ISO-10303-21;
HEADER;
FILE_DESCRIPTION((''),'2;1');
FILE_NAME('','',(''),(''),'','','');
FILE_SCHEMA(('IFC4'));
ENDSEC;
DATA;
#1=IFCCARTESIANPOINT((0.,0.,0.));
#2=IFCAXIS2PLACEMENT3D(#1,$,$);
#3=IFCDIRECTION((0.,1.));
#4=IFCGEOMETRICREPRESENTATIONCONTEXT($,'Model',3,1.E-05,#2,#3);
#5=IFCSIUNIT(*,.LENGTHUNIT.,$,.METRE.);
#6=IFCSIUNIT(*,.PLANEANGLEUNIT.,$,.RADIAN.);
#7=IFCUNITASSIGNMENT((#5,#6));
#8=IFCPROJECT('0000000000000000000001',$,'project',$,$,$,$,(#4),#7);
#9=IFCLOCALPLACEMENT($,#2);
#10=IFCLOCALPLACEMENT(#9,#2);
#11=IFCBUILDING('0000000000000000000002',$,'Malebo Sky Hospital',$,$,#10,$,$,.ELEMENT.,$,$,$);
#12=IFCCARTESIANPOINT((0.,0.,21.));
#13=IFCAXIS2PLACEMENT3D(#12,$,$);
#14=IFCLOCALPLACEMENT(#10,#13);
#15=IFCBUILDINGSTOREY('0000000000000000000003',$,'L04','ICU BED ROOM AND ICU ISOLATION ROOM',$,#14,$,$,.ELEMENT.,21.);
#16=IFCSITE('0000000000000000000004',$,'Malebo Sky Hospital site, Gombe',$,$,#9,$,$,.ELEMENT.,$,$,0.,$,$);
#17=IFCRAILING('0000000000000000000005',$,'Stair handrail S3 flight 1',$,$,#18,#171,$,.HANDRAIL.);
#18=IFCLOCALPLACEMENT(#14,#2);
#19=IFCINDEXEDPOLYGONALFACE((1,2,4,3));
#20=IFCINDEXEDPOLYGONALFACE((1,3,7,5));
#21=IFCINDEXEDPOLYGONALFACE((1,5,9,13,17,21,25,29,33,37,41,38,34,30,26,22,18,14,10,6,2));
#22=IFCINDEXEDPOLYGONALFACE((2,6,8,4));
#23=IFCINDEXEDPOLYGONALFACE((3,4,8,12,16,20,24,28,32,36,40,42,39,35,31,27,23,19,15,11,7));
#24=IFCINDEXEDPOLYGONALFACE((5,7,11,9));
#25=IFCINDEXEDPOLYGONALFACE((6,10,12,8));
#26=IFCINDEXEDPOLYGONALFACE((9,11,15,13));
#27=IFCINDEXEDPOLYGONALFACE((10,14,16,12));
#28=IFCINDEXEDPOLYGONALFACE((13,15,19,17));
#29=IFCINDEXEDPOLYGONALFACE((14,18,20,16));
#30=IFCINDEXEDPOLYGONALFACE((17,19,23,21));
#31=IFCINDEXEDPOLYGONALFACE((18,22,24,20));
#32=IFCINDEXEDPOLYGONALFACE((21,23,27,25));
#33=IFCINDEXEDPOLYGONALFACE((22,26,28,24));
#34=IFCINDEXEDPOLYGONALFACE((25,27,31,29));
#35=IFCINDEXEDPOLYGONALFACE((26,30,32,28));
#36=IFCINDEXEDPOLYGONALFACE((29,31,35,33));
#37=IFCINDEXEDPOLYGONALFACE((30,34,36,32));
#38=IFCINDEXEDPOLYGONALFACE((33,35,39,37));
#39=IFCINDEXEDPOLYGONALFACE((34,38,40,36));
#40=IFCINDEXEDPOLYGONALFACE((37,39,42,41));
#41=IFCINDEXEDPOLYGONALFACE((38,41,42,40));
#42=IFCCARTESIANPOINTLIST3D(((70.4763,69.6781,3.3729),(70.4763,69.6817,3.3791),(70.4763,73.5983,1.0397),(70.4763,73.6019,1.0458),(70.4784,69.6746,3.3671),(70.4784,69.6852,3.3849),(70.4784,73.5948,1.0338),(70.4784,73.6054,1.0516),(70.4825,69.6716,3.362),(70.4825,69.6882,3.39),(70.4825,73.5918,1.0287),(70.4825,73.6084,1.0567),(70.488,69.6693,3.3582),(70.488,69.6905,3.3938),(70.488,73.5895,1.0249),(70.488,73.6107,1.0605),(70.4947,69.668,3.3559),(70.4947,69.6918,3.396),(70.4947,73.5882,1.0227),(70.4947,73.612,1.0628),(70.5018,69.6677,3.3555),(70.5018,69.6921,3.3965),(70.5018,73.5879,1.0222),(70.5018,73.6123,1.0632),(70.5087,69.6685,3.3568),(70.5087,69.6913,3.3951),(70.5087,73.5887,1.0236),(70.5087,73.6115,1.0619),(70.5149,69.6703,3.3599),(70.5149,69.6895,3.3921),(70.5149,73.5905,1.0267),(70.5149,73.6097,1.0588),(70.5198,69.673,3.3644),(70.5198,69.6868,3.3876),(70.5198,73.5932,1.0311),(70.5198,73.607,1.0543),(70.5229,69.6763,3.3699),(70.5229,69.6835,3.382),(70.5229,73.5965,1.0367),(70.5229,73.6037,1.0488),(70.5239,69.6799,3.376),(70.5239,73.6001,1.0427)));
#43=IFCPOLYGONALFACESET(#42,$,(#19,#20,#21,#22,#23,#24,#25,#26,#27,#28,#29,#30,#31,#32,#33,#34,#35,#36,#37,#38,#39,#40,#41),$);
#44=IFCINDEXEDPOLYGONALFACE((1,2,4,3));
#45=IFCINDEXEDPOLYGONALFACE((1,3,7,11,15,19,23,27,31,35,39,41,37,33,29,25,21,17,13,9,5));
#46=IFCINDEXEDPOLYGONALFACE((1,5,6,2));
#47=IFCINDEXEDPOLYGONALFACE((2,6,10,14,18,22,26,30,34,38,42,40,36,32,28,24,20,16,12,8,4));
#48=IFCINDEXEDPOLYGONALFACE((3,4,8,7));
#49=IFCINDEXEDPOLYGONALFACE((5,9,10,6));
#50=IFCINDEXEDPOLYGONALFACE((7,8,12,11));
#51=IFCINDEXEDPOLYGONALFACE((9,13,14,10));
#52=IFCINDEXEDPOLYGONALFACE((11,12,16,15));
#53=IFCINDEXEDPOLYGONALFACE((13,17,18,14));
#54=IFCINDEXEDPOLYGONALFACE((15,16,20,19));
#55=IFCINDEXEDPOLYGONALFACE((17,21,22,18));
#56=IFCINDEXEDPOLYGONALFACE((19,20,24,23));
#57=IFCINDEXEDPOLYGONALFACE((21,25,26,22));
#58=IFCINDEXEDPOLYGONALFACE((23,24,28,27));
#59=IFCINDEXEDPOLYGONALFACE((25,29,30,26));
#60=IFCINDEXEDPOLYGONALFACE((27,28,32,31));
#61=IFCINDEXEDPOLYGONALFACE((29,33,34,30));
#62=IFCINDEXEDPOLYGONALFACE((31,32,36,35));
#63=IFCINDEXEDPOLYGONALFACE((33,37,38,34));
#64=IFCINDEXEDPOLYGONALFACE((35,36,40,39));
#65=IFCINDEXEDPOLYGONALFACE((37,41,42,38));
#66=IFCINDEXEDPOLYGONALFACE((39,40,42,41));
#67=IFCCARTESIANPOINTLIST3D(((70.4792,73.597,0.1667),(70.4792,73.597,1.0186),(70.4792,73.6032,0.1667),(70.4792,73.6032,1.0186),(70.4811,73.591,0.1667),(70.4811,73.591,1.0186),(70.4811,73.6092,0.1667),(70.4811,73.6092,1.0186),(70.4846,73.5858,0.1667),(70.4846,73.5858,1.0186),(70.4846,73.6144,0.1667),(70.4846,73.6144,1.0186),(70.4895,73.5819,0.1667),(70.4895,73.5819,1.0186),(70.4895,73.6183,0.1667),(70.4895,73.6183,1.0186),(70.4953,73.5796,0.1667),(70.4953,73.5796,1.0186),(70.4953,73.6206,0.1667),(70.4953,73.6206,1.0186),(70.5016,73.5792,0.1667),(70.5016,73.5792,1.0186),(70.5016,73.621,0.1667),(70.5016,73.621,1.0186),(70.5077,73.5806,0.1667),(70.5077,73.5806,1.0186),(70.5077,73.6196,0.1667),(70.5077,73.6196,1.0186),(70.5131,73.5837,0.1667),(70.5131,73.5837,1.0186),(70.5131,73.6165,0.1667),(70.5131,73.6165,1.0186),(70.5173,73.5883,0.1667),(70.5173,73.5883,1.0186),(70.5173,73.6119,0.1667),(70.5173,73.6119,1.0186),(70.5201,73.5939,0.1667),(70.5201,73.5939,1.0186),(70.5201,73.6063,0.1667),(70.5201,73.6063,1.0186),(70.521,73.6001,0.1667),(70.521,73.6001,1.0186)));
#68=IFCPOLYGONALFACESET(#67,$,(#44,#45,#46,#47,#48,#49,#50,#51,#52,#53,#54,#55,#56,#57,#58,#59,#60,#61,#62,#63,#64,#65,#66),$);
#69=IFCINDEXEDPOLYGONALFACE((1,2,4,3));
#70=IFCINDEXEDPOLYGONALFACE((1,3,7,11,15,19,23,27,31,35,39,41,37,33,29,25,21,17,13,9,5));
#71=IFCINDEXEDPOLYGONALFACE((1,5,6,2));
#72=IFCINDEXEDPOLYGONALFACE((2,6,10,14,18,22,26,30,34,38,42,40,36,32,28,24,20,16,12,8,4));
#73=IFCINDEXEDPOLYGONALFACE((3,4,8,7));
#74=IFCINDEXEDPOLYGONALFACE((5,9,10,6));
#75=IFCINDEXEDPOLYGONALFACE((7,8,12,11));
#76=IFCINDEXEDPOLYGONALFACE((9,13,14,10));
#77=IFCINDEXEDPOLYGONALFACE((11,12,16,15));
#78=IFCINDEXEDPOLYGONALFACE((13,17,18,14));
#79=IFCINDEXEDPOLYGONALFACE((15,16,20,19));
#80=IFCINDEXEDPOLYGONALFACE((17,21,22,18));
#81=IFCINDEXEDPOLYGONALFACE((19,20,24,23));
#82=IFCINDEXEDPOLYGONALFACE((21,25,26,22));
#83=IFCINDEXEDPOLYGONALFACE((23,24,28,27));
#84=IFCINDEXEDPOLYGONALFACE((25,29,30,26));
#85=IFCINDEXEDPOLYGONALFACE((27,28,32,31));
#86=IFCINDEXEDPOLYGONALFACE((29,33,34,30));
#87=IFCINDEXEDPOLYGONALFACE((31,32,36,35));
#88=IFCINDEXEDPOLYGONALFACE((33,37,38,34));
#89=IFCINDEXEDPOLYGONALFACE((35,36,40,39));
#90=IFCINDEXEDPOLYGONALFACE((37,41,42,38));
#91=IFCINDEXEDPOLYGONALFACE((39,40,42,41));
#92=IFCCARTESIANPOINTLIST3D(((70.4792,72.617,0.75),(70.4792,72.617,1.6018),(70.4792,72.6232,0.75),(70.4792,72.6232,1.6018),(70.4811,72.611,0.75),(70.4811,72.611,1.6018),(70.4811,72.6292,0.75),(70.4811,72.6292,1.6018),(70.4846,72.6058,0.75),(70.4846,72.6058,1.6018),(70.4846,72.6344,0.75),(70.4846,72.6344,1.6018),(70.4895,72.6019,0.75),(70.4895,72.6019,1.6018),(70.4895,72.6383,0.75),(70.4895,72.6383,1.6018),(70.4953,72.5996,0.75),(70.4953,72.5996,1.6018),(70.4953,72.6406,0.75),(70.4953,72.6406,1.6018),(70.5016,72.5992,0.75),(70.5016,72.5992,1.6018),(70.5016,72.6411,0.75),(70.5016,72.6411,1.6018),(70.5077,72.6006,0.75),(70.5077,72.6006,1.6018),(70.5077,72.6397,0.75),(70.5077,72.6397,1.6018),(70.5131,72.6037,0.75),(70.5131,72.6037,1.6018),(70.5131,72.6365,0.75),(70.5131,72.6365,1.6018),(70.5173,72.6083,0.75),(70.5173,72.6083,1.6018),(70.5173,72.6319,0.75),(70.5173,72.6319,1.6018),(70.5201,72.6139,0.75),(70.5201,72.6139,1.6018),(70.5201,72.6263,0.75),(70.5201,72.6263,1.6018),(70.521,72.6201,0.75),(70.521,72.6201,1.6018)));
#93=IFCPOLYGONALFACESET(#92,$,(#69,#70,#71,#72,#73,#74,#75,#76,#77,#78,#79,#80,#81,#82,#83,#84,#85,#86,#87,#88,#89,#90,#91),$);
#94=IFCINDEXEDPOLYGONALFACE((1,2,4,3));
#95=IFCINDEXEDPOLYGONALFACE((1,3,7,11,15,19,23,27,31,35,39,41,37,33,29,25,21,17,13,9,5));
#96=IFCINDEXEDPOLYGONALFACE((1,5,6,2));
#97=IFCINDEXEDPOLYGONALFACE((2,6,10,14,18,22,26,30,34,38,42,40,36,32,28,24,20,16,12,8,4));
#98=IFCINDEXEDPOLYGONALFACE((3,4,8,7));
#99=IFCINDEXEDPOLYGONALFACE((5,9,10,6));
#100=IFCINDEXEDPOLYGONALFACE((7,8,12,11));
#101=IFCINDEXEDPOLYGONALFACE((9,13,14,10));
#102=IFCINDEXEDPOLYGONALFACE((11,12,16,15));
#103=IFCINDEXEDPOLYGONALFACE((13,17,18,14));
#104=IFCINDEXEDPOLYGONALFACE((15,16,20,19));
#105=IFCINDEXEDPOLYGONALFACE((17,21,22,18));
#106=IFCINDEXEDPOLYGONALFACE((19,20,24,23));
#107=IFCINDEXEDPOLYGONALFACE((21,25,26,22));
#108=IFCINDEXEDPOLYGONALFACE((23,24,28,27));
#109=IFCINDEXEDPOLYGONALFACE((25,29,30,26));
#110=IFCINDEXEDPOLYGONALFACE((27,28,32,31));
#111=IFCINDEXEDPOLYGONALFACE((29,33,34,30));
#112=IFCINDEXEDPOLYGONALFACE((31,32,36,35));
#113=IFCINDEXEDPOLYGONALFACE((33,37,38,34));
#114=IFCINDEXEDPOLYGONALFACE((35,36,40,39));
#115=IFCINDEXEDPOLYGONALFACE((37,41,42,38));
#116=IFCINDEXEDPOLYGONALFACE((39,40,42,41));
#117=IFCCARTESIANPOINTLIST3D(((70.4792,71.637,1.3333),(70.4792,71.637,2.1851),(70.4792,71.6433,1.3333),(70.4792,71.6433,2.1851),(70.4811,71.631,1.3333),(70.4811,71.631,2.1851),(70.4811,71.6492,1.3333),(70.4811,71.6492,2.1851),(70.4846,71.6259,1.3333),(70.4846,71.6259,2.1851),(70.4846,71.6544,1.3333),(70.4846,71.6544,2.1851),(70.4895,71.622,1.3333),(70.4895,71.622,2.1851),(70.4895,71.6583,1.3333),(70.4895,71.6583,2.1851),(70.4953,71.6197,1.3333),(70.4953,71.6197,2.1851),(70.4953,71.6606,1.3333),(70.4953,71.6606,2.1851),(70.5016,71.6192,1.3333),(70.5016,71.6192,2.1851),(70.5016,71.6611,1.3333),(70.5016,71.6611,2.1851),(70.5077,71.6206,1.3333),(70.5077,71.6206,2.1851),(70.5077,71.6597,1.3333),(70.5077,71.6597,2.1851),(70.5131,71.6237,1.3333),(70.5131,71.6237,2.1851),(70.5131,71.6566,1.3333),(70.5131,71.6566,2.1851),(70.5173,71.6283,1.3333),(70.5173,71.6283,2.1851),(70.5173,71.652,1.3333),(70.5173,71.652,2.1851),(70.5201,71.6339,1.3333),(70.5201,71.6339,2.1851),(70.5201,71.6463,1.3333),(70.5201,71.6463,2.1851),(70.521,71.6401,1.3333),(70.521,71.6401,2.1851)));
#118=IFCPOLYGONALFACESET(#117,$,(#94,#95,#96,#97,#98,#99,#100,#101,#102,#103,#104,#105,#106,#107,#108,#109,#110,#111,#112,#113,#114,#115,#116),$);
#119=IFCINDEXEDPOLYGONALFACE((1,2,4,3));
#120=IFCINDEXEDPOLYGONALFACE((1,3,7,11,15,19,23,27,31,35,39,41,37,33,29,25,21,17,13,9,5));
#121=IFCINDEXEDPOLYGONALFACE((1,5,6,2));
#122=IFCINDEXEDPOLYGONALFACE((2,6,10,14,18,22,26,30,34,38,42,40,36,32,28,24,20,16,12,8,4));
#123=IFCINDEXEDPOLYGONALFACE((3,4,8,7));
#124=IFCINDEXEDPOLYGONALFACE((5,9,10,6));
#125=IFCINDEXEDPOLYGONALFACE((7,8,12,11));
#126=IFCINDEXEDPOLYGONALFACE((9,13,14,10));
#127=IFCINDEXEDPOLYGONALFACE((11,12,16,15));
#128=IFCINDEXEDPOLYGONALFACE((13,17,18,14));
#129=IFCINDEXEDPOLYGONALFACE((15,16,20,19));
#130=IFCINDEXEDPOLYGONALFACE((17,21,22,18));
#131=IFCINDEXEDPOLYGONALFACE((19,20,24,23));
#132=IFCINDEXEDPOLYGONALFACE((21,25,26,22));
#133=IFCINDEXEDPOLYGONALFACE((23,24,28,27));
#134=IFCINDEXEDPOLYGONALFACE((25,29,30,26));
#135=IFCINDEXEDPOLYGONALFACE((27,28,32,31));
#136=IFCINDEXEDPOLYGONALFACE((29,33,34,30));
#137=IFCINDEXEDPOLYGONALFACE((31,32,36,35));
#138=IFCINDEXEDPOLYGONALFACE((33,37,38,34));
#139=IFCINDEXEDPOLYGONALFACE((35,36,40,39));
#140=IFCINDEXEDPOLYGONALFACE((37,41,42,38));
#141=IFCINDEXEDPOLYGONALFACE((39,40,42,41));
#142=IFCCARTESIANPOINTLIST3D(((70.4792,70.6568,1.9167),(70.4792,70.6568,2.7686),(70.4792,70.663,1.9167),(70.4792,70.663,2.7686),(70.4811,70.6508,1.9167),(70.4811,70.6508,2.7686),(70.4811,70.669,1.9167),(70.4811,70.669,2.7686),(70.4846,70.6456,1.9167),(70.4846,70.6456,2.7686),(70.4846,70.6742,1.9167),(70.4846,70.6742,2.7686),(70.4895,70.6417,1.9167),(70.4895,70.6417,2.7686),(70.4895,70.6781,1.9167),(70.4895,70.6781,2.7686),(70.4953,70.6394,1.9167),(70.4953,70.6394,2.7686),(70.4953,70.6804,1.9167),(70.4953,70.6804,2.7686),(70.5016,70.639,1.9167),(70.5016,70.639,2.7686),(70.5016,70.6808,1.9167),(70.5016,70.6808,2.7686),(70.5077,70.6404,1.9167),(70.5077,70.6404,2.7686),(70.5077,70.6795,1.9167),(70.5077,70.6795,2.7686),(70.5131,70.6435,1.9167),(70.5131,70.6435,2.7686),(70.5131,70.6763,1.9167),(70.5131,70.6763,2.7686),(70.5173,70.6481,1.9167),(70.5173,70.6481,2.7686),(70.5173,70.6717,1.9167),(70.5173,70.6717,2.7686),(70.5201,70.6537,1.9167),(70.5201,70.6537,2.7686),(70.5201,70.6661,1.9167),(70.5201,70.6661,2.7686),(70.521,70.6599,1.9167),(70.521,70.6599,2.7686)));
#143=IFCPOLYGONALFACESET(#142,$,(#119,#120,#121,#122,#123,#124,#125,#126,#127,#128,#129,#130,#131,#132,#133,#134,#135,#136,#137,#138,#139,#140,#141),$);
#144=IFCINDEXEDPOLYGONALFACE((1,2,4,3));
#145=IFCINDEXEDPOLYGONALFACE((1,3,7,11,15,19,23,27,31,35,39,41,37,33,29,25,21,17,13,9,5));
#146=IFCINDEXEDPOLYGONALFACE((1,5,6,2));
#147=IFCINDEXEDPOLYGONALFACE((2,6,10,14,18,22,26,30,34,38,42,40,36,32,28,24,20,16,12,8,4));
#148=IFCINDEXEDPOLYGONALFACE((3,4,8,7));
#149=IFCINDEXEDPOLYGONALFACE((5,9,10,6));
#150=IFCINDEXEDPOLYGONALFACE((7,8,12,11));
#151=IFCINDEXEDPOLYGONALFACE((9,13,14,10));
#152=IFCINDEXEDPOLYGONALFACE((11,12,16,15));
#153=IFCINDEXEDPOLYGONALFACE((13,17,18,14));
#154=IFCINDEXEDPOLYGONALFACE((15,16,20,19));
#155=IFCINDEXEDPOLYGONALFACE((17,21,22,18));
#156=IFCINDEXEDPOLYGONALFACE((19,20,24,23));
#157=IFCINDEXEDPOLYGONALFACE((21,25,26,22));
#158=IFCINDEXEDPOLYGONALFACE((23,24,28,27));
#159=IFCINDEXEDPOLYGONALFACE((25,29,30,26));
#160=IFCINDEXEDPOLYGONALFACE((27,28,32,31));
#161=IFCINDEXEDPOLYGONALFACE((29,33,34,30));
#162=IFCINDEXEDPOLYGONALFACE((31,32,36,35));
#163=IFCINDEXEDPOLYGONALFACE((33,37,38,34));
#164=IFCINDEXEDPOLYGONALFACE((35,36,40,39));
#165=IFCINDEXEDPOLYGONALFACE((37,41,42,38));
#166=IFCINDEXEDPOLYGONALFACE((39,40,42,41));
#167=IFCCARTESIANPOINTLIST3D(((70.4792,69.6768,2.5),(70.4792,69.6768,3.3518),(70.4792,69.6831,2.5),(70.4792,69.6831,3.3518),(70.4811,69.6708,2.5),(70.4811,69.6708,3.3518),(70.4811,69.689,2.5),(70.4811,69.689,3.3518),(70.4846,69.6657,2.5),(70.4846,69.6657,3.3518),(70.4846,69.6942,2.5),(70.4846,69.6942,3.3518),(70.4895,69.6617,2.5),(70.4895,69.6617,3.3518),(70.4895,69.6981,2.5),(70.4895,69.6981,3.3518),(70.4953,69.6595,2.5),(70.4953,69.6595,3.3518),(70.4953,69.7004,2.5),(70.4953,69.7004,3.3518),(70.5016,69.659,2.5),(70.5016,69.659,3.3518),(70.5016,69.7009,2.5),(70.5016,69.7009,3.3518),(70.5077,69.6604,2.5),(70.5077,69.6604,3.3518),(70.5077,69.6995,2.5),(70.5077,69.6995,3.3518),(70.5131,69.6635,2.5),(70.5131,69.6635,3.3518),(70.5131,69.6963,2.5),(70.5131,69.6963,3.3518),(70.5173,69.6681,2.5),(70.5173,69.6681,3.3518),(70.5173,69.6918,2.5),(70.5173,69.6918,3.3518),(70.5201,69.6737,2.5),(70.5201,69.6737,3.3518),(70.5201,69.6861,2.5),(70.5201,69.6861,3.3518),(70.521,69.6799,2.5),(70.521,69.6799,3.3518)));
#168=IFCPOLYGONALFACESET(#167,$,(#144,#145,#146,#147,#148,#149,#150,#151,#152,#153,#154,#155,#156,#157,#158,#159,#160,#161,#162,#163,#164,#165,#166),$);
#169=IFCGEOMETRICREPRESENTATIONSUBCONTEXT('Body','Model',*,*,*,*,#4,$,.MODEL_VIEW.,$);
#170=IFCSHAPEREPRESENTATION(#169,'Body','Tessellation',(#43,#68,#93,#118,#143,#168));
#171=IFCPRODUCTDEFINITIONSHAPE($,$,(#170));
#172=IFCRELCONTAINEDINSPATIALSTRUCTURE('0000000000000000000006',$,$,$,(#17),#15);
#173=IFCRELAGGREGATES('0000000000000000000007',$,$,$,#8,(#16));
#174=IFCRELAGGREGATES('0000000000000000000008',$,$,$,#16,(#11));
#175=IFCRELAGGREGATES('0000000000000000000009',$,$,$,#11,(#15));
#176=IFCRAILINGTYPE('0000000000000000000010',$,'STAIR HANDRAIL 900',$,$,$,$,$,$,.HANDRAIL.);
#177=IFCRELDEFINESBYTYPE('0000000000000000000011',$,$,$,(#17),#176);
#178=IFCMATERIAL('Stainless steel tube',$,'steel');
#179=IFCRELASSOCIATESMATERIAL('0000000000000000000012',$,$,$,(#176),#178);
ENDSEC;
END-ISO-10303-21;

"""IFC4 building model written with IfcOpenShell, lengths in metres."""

from ifc_helpers import new_model, si_unit, direction, frame, origin, origin_2d, place, context, subcontext, project, spatial, circle, extrude, material, type_object, element, save


model = new_model("IFC4")

# Units and contexts
model_context = context("Model", 3, precision=1e-05, world=origin(), true_north=direction((0.0, 1.0)))
body_context = subcontext(model_context, "Body", "Model", "MODEL_VIEW")
ifc_project = project(units=[si_unit("LENGTHUNIT", "METRE"), si_unit("PLANEANGLEUNIT", "RADIAN")], contexts=[model_context])

# Site, building, storey
site_placement = place(None, origin())
site = spatial("IfcSite", under=ifc_project, at=site_placement, Name="Malebo Sky Hospital site, Gombe", CompositionType="ELEMENT", RefElevation=0.0)
building_placement = place(site_placement, origin())
building = spatial("IfcBuilding", under=site, at=building_placement, Name="Malebo Sky Hospital", CompositionType="ELEMENT")
storey_placement = place(building_placement, frame((0.0, 0.0, 21.0)))
storey = spatial("IfcBuildingStorey", under=building, at=storey_placement, Name="L04", Description="ICU BED ROOM AND ICU ISOLATION ROOM", CompositionType="ELEMENT", Elevation=21.0)

# Railing
ifc_material_1 = material(Name="Stainless steel tube", Category="steel")
railing_type = type_object("IfcRailingType", Name="STAIR HANDRAIL 900", PredefinedType="HANDRAIL", material=ifc_material_1)
railing_1_placement = place(storey_placement, frame((70.5, 73.6001, 0.1667)))
element("IfcRailing", 1, at=railing_1_placement, inside=storey, type_object=railing_type, Name="Stair handrail S3 flight 1", PredefinedType="HANDRAIL", context=body_context, shape_type="SweptSolid", body=[
    extrude(circle(Radius=0.0239, at=origin_2d()), frame((0.0, 0.0, 0.876), z_axis=(0.0, -0.85931, 0.511455), x_axis=(1.0, 0.0, 0.0)), (0.0, 0.0, 1.0), 4.562),
    extrude(circle(Radius=0.021, at=origin_2d()), origin(), (0.0, 0.0, 1.0), 0.8518),
    extrude(circle(Radius=0.021, at=origin_2d()), frame((0.0, -0.98, 0.5833)), (0.0, 0.0, 1.0), 0.8518),
    extrude(circle(Radius=0.021, at=origin_2d()), frame((0.0, -1.96, 1.1665)), (0.0, 0.0, 1.0), 0.8518),
    extrude(circle(Radius=0.021, at=origin_2d()), frame((0.0, -2.9402, 1.75)), (0.0, 0.0, 1.0), 0.8518),
    extrude(circle(Radius=0.021, at=origin_2d()), frame((0.0, -3.9202, 2.3333)), (0.0, 0.0, 1.0), 0.8518),
])

save(model, "model.ifc")
